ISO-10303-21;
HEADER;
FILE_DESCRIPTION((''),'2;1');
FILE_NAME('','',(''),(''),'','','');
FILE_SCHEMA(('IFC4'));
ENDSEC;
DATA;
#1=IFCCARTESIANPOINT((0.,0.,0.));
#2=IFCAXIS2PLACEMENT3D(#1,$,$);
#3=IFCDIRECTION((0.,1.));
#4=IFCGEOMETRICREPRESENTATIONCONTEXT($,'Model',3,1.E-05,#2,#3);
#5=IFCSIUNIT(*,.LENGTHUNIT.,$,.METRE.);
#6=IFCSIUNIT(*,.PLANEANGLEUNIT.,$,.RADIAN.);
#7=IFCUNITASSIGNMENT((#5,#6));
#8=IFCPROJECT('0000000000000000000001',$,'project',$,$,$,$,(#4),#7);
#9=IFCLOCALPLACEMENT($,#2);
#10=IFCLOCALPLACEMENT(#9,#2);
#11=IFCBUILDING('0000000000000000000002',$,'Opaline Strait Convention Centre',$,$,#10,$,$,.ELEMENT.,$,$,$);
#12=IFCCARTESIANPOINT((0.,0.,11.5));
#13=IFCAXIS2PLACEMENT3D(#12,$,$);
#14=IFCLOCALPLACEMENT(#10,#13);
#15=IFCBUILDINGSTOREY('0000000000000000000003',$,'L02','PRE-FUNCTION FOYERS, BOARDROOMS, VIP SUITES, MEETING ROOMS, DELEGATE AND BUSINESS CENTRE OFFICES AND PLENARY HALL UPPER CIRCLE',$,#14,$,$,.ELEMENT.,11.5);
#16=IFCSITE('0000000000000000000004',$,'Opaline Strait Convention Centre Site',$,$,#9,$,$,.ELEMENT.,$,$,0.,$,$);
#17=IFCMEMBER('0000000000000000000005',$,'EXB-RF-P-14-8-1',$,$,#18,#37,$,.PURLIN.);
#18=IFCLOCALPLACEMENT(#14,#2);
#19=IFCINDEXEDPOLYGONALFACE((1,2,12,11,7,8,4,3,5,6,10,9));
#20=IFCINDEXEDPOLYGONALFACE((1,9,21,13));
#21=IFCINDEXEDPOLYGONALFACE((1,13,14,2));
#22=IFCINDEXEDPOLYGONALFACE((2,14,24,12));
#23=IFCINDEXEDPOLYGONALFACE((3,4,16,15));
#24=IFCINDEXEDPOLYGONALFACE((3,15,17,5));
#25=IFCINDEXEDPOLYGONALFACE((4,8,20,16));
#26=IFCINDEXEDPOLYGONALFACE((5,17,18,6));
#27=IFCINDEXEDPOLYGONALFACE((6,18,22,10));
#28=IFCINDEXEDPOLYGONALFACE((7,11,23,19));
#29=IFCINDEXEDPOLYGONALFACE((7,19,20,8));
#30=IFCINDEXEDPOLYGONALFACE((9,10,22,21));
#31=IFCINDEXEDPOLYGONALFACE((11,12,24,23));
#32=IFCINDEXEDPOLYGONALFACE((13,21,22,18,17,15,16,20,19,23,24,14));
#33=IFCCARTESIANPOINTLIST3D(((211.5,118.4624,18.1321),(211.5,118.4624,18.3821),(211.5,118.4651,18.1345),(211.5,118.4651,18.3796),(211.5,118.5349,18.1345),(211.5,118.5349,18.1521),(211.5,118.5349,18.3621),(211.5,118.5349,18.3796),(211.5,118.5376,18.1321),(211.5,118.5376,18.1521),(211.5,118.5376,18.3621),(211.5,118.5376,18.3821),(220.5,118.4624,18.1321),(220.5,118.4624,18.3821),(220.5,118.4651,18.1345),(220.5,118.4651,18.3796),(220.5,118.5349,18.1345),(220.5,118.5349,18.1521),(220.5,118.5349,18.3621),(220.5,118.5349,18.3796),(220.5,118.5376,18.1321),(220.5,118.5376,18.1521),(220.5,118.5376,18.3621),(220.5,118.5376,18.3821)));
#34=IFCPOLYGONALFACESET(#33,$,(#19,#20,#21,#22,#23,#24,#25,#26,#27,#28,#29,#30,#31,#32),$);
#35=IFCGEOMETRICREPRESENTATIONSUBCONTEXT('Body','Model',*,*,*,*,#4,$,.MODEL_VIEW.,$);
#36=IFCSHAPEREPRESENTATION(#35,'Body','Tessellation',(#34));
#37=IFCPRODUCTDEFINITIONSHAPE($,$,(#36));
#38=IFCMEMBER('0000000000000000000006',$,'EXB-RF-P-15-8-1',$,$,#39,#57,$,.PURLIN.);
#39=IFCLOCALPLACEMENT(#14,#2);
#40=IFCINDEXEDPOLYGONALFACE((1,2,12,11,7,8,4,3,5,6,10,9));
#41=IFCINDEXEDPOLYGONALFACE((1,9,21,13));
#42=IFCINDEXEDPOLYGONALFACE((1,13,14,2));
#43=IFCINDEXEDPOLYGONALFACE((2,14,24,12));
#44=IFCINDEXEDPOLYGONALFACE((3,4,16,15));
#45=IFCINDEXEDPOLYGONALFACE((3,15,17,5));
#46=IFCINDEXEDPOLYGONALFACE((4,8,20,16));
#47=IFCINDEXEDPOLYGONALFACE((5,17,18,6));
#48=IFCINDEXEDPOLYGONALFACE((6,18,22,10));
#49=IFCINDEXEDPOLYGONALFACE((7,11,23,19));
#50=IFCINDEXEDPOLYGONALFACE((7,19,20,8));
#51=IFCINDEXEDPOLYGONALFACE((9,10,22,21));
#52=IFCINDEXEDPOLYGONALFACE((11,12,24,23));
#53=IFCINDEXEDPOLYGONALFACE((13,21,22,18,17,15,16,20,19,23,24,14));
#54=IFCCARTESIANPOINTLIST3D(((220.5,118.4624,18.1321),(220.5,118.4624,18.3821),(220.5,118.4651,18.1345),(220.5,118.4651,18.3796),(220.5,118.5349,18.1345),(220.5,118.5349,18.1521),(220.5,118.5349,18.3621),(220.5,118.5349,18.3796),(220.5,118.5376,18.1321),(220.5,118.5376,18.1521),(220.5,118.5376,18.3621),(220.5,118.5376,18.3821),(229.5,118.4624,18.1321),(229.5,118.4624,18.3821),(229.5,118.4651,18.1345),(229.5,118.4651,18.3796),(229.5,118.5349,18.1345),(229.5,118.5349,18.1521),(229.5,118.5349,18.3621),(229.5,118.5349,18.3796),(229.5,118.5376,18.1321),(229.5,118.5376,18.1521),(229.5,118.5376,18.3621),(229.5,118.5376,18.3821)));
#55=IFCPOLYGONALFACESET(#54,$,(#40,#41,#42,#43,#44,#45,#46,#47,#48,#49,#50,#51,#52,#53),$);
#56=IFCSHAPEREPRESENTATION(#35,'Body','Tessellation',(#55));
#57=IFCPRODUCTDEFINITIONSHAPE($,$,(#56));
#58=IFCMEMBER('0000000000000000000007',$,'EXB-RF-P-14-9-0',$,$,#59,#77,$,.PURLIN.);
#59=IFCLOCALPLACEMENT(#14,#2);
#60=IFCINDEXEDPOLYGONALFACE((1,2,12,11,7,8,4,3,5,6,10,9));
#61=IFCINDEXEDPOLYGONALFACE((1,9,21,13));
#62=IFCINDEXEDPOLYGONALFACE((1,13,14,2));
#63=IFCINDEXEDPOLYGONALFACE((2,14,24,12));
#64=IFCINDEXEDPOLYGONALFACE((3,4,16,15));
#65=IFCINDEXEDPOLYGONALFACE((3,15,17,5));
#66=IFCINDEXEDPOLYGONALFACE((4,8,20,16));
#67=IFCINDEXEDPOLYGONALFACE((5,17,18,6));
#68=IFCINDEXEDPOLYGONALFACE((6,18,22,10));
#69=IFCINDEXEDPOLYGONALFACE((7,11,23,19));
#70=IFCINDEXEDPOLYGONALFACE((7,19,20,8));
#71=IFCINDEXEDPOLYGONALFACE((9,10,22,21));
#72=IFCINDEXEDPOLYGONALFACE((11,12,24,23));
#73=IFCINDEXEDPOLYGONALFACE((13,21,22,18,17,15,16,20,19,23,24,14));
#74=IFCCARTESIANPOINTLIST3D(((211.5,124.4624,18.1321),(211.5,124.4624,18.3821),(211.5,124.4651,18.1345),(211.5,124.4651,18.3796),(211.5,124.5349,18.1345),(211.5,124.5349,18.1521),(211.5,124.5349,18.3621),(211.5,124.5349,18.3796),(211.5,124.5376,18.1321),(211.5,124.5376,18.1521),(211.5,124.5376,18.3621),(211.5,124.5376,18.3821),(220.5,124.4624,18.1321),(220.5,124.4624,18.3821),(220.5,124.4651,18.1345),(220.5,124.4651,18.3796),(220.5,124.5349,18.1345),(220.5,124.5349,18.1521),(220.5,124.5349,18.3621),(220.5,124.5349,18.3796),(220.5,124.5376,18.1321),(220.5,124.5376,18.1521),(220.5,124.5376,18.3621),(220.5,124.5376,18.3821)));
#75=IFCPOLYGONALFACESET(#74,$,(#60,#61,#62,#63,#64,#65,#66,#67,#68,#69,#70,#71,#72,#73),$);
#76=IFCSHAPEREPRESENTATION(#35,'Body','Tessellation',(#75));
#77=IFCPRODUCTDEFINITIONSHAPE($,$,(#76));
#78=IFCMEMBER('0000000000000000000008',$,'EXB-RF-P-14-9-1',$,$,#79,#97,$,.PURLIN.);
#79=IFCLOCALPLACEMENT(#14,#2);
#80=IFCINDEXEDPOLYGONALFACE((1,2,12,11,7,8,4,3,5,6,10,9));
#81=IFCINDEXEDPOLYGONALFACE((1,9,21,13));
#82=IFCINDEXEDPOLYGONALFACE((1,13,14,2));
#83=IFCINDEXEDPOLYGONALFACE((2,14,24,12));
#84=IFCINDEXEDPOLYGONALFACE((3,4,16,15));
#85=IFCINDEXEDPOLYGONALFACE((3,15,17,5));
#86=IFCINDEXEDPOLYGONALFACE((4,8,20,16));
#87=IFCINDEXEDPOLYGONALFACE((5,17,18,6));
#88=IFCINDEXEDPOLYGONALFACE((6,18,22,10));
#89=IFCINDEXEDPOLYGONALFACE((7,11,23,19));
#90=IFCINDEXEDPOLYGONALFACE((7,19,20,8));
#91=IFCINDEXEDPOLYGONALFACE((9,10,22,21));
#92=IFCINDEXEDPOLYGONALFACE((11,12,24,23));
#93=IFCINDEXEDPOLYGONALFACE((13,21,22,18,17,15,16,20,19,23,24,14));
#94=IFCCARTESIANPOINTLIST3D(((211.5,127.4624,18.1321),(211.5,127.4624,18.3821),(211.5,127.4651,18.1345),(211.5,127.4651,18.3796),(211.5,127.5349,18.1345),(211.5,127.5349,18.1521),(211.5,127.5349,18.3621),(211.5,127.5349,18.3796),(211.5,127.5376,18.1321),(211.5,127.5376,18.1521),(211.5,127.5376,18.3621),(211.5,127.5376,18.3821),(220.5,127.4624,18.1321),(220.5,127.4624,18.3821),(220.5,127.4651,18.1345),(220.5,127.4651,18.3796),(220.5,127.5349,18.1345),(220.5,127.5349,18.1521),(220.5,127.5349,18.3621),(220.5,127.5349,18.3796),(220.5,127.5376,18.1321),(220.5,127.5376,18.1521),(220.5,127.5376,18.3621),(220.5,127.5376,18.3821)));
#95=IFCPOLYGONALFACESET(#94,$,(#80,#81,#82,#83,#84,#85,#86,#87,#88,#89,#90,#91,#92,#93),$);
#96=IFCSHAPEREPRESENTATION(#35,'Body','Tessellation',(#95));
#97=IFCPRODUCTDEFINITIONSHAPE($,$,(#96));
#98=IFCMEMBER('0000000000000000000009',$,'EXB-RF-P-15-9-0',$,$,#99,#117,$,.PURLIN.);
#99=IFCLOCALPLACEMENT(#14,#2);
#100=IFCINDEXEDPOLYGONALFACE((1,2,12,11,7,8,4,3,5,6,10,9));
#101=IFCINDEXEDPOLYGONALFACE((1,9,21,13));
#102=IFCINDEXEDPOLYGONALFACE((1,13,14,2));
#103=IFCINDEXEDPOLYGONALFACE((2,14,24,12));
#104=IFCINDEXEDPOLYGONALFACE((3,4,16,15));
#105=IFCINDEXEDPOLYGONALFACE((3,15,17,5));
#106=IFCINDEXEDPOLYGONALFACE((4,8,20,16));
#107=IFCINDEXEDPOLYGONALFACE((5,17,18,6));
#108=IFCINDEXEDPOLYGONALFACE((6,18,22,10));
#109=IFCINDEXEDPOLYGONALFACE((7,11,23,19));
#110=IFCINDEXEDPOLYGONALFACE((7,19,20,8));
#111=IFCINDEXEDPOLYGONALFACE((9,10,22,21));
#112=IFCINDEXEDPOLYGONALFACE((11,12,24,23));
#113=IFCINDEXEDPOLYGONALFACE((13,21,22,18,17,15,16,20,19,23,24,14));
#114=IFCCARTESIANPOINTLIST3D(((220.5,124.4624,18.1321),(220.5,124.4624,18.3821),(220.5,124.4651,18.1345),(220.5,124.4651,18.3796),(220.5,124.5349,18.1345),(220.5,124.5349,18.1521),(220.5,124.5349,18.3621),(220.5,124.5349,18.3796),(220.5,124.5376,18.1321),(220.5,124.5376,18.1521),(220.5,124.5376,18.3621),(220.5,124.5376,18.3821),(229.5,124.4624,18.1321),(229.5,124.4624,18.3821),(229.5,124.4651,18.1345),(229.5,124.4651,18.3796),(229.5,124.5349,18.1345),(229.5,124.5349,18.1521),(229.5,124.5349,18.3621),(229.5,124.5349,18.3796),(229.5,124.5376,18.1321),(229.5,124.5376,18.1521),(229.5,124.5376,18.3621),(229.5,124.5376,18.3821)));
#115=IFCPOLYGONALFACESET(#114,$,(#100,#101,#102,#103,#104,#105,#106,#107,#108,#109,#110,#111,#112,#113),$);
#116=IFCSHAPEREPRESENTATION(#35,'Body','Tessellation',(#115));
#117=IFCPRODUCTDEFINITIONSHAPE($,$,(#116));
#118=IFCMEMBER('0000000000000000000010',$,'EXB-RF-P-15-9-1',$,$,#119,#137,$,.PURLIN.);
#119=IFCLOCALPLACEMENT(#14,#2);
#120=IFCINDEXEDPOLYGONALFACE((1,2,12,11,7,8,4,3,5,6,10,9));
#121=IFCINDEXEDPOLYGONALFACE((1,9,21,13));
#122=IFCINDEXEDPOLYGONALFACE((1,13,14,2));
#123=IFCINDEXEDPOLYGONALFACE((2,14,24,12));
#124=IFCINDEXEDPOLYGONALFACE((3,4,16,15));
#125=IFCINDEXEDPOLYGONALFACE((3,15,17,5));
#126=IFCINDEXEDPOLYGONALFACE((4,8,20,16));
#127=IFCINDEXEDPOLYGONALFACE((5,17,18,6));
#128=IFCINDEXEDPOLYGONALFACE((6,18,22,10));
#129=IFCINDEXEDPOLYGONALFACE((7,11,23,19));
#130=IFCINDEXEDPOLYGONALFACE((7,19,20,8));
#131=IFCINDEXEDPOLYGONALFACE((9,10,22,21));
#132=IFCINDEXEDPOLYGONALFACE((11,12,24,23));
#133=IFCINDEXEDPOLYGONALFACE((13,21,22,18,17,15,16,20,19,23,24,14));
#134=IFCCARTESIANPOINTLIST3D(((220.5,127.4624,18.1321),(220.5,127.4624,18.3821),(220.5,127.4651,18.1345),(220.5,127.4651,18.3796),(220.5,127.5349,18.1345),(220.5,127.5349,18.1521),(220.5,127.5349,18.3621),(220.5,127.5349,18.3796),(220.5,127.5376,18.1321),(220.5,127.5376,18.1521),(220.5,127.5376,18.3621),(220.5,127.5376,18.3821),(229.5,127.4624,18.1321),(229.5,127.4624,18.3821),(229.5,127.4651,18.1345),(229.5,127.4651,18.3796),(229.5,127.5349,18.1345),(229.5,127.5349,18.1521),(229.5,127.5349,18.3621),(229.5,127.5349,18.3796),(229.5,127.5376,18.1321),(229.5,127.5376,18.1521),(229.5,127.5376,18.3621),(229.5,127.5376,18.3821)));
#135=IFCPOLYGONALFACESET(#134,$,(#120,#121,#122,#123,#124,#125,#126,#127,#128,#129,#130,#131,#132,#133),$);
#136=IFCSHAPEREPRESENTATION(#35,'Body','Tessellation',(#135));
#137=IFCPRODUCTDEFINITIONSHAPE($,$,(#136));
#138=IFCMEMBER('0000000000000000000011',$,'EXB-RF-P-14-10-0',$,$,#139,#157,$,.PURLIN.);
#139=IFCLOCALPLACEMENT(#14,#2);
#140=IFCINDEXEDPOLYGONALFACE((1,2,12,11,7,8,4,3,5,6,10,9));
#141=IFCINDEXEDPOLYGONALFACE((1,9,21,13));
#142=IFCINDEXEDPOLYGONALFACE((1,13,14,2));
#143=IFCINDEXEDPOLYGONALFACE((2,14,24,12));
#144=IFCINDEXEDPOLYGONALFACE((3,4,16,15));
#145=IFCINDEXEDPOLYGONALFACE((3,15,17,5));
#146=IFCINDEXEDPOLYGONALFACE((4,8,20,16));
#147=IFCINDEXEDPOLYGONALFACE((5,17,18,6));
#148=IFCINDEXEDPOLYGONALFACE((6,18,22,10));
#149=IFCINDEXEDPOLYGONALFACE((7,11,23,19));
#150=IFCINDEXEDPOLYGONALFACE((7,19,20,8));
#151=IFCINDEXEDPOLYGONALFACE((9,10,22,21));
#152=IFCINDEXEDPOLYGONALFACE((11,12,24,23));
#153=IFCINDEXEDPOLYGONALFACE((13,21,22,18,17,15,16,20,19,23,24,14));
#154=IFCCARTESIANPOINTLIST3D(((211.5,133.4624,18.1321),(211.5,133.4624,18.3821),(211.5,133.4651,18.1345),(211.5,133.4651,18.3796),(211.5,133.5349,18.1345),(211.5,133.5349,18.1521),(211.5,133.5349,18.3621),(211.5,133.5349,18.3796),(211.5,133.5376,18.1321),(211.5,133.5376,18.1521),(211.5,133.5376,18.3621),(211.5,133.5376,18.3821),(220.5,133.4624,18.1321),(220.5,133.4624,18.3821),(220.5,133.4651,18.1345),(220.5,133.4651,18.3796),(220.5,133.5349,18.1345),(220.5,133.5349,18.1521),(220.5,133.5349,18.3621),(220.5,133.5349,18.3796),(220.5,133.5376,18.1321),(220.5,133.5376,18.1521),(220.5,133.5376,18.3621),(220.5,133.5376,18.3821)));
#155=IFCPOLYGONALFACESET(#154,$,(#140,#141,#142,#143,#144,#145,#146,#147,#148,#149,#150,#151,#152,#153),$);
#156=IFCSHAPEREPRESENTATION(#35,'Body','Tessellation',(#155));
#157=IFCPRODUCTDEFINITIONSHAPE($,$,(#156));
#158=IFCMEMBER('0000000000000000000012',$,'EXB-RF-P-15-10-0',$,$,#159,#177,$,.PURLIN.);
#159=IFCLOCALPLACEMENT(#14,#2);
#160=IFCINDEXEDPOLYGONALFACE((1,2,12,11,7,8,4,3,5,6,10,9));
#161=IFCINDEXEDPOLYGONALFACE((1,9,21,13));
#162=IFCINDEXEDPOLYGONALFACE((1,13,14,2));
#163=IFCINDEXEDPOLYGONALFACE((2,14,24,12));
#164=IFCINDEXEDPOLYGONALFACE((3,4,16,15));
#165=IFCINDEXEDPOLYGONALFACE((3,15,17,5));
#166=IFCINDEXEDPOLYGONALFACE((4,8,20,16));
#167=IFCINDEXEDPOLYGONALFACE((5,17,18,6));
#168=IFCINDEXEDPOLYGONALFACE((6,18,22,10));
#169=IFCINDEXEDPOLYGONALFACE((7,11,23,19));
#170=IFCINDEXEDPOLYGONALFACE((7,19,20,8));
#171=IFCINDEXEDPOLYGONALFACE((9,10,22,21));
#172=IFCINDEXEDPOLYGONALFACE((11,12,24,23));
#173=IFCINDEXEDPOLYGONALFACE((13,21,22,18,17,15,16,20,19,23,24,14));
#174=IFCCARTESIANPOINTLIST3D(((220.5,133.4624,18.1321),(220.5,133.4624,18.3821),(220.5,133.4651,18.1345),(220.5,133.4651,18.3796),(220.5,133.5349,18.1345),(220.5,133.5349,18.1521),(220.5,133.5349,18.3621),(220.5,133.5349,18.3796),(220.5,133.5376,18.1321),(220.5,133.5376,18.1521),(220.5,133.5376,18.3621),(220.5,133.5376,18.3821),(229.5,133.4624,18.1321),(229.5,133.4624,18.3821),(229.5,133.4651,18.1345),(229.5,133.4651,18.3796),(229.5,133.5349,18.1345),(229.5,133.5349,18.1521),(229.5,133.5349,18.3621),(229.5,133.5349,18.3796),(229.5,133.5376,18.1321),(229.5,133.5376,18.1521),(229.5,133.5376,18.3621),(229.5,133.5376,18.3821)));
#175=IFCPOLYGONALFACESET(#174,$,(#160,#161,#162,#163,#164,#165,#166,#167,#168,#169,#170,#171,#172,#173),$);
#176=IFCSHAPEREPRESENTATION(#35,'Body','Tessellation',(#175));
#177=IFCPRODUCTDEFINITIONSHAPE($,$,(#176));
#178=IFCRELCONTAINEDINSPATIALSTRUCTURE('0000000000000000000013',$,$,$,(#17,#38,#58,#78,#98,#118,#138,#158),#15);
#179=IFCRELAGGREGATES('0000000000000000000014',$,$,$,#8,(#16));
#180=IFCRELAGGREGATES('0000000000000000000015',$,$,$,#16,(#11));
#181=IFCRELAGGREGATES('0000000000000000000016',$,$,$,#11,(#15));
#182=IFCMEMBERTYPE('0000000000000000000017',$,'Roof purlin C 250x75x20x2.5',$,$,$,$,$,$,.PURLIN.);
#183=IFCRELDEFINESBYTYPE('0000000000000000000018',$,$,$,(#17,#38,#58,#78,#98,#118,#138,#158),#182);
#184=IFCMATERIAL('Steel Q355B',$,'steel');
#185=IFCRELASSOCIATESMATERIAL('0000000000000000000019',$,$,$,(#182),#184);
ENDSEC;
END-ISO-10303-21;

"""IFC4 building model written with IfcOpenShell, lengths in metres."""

from ifc_helpers import new_model, si_unit, direction, frame, origin, place, context, subcontext, project, spatial, polyline, outline, extrude, material, material_profile, profile_set, type_object, element, save


model = new_model("IFC4")

# Units and contexts
model_context = context("Model", 3, precision=1e-05, world=origin(), true_north=direction((0.0, 1.0)))
body_context = subcontext(model_context, "Body", "Model", "MODEL_VIEW")
ifc_project = project(units=[si_unit("LENGTHUNIT", "METRE"), si_unit("PLANEANGLEUNIT", "RADIAN")], contexts=[model_context])

# Site, building, storey
site_placement = place(None, origin())
site = spatial("IfcSite", under=ifc_project, at=site_placement, Name="Opaline Strait Convention Centre Site", CompositionType="ELEMENT", RefElevation=0.0)
building_placement = place(site_placement, origin())
building = spatial("IfcBuilding", under=site, at=building_placement, Name="Opaline Strait Convention Centre", CompositionType="ELEMENT")
storey_placement = place(building_placement, frame((0.0, 0.0, 11.5)))
storey = spatial("IfcBuildingStorey", under=building, at=storey_placement, Name="L02", Description="PRE-FUNCTION FOYERS, BOARDROOMS, VIP SUITES, MEETING ROOMS, DELEGATE AND BUSINESS CENTRE OFFICES AND PLENARY HALL UPPER CIRCLE", CompositionType="ELEMENT", Elevation=11.5)

# Members
ifc_material = material(Name="Steel Q355B", Category="steel")
ifc_material_profile_1 = material_profile(ifc_material, outline(polyline([(-0.0376, -0.125), (0.0376, -0.125), (0.0376, -0.105), (0.0349, -0.105), (0.0349, -0.1226), (-0.0349, -0.1226), (-0.0349, 0.1226), (0.0349, 0.1226), (0.0349, 0.105), (0.0376, 0.105), (0.0376, 0.125), (-0.0376, 0.125), (-0.0376, -0.125)])), Name="C 250x75x20x2.5")
ifc_profile_set_1 = profile_set([ifc_material_profile_1], Name="Steel Q355B")
member_type_1 = type_object("IfcMemberType", Name="Roof purlin C 250x75x20x2.5", PredefinedType="PURLIN", material=ifc_profile_set_1)
for number, where, z_axis, x_axis, name in (
    (1, (211.5, 118.5, 18.2571), (1.0, 0.0, 0.0), (0.0, 1.0, 0.0), "EXB-RF-P-14-8-1"),
    (2, (220.5, 118.5, 18.2571), (1.0, 0.0, 0.0), (0.0, 1.0, 0.0), "EXB-RF-P-15-8-1"),
    (3, (211.5, 124.5, 18.2571), (1.0, 0.0, 0.0), (0.0, 1.0, 0.0), "EXB-RF-P-14-9-0"),
    (4, (211.5, 127.5, 18.2571), (1.0, 0.0, 0.0), (0.0, 1.0, 0.0), "EXB-RF-P-14-9-1"),
    (5, (220.5, 124.5, 18.2571), (1.0, 0.0, 0.0), (0.0, 1.0, 0.0), "EXB-RF-P-15-9-0"),
    (6, (220.5, 127.5, 18.2571), (1.0, 0.0, 0.0), (0.0, 1.0, 0.0), "EXB-RF-P-15-9-1"),
    (7, (211.5, 133.5, 18.2571), (1.0, 0.0, 0.0), (0.0, 1.0, 0.0), "EXB-RF-P-14-10-0"),
    (8, (220.5, 133.5, 18.2571), (1.0, 0.0, 0.0), (0.0, 1.0, 0.0), "EXB-RF-P-15-10-0"),
):
    element("IfcMember", number, at=place(storey_placement, frame(where, z_axis=z_axis, x_axis=x_axis)), inside=storey, type_object=member_type_1, Name=name, PredefinedType="PURLIN", context=body_context, shape_type="SweptSolid", body=[
        extrude(outline(polyline([(-0.0376, -0.125), (0.0376, -0.125), (0.0376, -0.105), (0.0349, -0.105), (0.0349, -0.1226), (-0.0349, -0.1226), (-0.0349, 0.1226), (0.0349, 0.1226), (0.0349, 0.105), (0.0376, 0.105), (0.0376, 0.125), (-0.0376, 0.125), (-0.0376, -0.125)])), origin(), (0.0, 0.0, 1.0), 9.0),
    ])

save(model, "model.ifc")
